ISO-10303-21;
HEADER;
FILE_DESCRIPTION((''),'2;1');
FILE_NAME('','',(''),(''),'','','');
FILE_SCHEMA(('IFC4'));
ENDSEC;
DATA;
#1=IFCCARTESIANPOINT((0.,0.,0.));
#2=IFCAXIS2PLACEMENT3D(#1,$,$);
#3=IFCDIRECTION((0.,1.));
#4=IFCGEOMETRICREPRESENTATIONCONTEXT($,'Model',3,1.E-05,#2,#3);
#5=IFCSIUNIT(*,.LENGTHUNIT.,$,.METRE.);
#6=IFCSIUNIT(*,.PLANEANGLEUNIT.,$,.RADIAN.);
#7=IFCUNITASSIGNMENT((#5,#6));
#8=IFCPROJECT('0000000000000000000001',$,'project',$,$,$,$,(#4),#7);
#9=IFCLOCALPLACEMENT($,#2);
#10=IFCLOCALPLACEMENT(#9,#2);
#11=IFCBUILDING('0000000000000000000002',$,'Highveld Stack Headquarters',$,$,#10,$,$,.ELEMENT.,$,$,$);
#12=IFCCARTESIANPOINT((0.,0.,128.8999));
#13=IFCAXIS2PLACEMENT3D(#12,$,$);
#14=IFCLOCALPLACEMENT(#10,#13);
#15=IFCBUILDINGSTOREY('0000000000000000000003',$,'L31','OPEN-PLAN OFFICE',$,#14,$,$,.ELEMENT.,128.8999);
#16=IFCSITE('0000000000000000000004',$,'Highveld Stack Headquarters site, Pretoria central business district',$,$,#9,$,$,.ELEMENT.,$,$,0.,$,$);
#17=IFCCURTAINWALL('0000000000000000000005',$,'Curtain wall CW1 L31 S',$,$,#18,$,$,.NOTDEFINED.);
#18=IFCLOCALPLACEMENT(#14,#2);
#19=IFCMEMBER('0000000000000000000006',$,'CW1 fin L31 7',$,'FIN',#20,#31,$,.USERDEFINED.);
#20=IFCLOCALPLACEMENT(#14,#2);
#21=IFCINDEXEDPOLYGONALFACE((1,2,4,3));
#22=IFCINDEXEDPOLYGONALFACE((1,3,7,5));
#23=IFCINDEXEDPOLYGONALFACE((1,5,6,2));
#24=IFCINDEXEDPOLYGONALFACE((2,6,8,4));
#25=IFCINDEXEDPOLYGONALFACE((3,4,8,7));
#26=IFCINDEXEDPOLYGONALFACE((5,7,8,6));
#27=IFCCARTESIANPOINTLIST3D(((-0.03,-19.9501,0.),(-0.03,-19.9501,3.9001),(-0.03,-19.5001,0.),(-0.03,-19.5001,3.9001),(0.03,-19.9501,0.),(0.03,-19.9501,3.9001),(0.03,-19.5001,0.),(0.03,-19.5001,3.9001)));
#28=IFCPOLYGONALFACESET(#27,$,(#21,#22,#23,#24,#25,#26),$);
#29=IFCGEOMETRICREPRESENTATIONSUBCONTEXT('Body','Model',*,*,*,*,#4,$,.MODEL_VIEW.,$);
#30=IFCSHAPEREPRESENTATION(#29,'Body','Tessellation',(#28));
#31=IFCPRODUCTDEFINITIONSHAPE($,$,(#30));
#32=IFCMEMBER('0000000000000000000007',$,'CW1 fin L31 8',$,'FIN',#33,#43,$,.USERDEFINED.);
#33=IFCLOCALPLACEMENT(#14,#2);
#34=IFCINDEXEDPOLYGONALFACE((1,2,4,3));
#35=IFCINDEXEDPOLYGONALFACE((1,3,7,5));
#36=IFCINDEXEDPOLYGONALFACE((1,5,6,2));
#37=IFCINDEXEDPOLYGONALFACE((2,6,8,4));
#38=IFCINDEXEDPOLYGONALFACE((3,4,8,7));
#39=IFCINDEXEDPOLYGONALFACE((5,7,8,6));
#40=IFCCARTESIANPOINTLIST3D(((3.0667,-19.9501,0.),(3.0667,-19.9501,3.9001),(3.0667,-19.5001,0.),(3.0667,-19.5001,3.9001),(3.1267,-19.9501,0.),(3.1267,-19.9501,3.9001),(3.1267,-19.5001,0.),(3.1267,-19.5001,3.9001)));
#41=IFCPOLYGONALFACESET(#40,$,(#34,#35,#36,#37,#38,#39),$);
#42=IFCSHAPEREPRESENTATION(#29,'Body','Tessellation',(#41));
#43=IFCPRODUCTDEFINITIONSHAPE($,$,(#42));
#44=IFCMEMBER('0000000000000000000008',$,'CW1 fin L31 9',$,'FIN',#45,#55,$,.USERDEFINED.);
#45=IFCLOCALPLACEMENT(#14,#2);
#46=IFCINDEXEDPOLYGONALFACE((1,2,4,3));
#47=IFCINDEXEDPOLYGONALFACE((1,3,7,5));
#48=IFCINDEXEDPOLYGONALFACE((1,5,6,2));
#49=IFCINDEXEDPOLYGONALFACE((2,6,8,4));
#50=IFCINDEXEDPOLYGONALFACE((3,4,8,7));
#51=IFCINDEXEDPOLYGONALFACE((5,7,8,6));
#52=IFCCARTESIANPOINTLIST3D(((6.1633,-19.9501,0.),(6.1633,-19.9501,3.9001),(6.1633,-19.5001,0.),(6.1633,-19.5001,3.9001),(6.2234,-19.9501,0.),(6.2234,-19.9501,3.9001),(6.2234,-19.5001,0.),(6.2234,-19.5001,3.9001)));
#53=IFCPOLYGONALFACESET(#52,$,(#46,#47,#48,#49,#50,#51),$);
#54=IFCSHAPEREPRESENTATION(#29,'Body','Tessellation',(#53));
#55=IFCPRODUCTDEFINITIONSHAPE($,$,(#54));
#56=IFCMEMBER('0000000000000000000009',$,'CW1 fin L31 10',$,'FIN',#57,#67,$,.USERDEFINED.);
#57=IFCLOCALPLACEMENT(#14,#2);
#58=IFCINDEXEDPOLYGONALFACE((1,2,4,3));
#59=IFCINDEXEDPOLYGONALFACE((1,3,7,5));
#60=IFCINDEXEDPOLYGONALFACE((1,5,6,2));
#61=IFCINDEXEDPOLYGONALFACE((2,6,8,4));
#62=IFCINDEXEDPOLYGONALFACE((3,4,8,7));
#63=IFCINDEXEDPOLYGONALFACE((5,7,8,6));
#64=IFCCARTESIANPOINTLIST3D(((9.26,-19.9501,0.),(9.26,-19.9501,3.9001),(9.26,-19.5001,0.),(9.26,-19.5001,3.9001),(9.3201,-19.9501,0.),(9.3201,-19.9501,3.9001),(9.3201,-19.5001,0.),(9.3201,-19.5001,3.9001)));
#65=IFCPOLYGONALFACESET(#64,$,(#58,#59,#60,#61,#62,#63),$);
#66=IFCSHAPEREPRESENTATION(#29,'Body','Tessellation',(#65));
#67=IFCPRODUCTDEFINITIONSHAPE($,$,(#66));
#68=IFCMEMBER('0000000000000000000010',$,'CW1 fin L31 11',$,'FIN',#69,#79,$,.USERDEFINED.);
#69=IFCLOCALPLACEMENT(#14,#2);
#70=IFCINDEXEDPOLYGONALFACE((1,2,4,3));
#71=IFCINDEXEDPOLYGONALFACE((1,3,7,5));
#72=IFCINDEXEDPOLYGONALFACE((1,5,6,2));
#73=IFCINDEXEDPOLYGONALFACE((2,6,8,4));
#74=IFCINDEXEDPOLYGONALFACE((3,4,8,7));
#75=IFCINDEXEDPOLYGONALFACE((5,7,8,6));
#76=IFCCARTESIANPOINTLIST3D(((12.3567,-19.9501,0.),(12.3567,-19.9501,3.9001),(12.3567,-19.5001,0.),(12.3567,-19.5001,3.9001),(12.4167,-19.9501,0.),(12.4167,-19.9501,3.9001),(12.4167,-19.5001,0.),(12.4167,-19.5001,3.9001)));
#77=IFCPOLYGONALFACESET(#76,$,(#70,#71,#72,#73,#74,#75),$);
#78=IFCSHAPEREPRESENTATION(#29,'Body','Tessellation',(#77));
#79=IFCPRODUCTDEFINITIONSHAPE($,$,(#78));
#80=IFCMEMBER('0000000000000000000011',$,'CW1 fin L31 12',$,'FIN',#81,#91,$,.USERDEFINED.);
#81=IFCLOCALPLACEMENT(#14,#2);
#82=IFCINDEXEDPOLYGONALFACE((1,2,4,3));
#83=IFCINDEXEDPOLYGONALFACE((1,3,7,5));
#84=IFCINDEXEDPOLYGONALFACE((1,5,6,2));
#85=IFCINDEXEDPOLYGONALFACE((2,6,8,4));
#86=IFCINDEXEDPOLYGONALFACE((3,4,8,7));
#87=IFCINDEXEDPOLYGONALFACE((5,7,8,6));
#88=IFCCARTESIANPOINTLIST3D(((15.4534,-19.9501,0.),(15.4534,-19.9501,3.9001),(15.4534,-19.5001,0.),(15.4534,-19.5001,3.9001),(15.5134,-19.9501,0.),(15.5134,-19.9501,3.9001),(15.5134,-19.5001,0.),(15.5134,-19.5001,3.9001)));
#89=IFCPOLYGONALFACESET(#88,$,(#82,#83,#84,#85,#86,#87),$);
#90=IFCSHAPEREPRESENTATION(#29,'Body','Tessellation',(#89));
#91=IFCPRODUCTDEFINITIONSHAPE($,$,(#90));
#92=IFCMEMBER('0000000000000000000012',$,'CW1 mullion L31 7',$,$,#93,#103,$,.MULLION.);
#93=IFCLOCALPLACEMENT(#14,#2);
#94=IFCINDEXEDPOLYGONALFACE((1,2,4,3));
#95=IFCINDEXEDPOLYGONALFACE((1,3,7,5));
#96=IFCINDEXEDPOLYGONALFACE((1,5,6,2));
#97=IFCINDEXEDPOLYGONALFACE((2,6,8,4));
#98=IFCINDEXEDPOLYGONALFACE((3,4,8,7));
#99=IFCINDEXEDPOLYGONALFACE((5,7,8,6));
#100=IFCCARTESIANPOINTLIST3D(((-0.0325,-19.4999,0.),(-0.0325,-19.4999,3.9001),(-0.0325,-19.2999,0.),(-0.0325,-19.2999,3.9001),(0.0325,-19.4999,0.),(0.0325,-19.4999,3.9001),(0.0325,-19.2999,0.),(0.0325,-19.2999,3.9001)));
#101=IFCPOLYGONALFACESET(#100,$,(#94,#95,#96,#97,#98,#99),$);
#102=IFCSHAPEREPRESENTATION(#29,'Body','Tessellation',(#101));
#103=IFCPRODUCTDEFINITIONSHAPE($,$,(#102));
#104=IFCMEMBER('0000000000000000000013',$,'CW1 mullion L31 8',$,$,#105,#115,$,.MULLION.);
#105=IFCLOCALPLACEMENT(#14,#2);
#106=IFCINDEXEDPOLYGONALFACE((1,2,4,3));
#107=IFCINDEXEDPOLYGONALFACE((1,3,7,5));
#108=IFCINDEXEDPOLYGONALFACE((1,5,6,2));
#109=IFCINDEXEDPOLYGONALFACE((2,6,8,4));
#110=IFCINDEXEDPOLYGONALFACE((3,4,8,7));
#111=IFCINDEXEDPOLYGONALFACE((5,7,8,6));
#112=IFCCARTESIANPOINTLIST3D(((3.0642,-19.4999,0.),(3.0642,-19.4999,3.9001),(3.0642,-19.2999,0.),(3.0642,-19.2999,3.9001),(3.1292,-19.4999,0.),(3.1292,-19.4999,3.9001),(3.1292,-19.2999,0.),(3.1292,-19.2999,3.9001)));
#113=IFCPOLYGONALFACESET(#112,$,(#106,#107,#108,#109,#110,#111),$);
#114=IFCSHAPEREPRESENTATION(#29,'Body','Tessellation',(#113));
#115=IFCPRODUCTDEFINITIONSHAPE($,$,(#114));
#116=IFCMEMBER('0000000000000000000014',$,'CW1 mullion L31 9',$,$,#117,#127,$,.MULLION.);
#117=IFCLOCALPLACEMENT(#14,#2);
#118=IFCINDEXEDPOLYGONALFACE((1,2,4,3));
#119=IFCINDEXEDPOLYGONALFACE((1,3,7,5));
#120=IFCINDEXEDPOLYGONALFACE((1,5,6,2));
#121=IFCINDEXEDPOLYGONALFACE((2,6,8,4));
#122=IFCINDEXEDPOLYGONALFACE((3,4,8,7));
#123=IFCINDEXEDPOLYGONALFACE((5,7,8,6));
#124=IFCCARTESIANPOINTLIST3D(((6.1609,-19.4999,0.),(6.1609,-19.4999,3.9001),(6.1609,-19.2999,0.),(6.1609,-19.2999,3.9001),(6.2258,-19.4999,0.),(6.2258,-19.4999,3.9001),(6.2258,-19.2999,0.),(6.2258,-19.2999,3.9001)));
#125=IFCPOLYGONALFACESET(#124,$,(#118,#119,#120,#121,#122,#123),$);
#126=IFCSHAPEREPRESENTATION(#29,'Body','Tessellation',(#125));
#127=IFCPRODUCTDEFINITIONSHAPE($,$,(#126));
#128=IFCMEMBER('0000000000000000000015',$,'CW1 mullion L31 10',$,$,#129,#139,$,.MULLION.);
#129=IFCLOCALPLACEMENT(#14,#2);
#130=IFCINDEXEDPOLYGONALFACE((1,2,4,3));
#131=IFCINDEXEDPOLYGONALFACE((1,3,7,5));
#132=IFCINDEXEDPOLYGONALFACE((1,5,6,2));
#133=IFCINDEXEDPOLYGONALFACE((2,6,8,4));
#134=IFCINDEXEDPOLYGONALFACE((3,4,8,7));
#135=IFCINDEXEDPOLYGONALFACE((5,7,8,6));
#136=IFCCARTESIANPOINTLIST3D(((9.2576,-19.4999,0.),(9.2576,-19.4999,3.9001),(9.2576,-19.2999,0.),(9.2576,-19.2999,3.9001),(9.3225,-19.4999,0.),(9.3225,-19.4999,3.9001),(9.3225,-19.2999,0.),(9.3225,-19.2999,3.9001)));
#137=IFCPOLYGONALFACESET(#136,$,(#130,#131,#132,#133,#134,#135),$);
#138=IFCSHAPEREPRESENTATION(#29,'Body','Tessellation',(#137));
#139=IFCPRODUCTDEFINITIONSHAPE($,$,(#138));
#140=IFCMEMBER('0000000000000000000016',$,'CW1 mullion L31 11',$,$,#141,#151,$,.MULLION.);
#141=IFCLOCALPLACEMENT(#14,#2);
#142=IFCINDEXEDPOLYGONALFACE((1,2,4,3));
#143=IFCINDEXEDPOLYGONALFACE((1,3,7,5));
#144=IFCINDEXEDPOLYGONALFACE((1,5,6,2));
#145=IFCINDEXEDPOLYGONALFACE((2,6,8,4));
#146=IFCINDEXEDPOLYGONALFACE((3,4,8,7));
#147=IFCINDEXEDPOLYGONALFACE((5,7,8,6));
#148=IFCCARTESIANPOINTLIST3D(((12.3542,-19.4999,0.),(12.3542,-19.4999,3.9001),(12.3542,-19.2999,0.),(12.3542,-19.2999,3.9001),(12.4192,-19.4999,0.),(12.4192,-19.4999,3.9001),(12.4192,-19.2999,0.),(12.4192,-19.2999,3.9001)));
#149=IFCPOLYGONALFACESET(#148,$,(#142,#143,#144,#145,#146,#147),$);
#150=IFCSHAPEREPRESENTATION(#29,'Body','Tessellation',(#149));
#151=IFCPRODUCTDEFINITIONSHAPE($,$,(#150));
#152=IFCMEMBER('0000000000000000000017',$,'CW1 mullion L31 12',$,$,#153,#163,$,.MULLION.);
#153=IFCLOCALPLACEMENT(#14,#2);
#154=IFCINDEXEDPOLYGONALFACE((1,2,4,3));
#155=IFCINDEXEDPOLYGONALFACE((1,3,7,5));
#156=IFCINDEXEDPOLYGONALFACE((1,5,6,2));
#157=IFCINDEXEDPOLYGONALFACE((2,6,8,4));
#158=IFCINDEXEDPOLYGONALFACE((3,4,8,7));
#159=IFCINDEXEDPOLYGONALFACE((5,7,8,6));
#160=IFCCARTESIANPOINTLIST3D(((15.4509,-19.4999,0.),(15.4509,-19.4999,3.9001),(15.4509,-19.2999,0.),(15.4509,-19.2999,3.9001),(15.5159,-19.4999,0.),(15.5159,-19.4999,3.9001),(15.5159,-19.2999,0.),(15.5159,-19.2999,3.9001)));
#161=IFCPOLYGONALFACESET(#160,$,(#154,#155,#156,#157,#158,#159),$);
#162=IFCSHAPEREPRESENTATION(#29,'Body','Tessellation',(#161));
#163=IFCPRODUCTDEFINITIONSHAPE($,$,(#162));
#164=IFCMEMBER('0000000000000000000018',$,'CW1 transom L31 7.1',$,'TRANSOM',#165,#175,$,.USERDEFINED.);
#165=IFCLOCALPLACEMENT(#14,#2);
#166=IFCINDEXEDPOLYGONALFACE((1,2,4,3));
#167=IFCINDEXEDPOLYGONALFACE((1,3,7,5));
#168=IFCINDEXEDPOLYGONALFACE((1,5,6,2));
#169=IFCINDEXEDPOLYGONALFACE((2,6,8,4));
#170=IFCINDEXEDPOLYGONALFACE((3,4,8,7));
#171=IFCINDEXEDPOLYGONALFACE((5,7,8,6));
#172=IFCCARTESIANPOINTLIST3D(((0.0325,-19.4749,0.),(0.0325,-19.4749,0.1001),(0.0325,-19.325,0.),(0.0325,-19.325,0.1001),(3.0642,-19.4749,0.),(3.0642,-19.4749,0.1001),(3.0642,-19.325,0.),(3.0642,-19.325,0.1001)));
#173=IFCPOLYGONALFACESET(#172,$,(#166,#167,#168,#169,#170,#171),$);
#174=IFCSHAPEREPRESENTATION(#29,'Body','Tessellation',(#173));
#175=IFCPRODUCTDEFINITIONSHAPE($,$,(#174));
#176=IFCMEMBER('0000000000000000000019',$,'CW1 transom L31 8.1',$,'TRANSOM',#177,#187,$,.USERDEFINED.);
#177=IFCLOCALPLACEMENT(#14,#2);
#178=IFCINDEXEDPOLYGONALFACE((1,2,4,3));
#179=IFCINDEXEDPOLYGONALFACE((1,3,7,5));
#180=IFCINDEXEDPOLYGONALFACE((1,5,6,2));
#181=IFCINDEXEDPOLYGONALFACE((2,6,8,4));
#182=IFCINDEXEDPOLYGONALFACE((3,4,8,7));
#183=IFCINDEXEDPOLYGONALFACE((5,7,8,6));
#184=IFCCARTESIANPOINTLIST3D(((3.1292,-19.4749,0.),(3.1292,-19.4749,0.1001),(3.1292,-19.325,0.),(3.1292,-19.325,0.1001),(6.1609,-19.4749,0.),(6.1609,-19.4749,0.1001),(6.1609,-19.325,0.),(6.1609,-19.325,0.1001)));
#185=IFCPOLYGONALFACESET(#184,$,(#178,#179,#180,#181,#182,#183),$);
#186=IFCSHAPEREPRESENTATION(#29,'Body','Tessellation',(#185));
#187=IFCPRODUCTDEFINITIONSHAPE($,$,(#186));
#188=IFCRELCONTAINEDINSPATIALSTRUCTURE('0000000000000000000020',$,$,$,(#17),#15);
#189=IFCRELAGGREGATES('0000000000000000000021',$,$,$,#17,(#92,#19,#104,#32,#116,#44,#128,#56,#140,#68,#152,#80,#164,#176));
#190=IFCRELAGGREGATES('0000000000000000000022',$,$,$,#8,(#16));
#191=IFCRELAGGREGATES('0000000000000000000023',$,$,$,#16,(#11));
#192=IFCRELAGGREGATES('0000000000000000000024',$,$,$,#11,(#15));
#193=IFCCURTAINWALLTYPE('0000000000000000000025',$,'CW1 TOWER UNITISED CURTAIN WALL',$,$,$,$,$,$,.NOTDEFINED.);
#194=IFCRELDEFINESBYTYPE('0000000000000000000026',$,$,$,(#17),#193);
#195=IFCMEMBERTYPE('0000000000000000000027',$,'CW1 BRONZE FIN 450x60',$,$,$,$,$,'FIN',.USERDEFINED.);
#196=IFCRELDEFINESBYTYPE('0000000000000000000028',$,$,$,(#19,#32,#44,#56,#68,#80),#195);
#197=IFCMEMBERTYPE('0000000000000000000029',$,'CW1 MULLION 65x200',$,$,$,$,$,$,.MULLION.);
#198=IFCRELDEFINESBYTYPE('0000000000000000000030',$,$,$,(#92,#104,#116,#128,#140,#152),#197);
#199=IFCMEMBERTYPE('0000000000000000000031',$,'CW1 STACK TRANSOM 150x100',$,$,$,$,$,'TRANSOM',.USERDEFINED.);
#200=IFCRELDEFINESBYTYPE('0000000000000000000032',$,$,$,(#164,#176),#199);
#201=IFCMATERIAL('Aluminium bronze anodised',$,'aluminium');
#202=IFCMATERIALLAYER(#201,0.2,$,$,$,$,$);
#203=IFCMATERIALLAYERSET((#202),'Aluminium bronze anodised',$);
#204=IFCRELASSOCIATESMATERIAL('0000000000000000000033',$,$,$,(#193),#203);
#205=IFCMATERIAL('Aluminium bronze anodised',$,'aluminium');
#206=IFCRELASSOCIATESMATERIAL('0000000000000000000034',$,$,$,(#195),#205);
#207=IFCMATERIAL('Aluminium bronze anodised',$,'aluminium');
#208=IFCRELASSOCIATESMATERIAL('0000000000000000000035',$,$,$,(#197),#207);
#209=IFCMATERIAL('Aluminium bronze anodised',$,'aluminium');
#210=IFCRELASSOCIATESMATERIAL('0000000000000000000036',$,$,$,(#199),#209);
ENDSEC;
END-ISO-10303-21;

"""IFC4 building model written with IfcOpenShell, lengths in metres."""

from ifc_helpers import new_model, si_unit, direction, frame, origin, origin_2d, place, context, subcontext, project, spatial, rectangle, extrude, material, layer, layer_set, material_profile, profile_set, type_object, element, aggregate, save


model = new_model("IFC4")

# Units and contexts
model_context = context("Model", 3, precision=1e-05, world=origin(), true_north=direction((0.0, 1.0)))
body_context = subcontext(model_context, "Body", "Model", "MODEL_VIEW")
ifc_project = project(units=[si_unit("LENGTHUNIT", "METRE"), si_unit("PLANEANGLEUNIT", "RADIAN")], contexts=[model_context])

# Site, building, storey
site_placement = place(None, origin())
site = spatial("IfcSite", under=ifc_project, at=site_placement, Name="Highveld Stack Headquarters site, Pretoria central business district", CompositionType="ELEMENT", RefElevation=0.0)
building_placement = place(site_placement, origin())
building = spatial("IfcBuilding", under=site, at=building_placement, Name="Highveld Stack Headquarters", CompositionType="ELEMENT")
storey_placement = place(building_placement, frame((0.0, 0.0, 128.8999)))
storey = spatial("IfcBuildingStorey", under=building, at=storey_placement, Name="L31", Description="OPEN-PLAN OFFICE", CompositionType="ELEMENT", Elevation=128.8999)

# Curtain wall, members
ifc_material_1 = material(Name="Aluminium bronze anodised", Category="aluminium")
ifc_layer_1 = layer(ifc_material_1, 0.2)
ifc_layer_set_1 = layer_set([ifc_layer_1], Name="Aluminium bronze anodised")
curtain_wall_type = type_object("IfcCurtainWallType", Name="CW1 TOWER UNITISED CURTAIN WALL", PredefinedType="NOTDEFINED", material=ifc_layer_set_1)
curtain_wall_placement = place(storey_placement, origin())
curtain_wall = element("IfcCurtainWall", 1, at=curtain_wall_placement, inside=storey, type_object=curtain_wall_type, Name="Curtain wall CW1 L31 S", PredefinedType="NOTDEFINED")
ifc_material_2 = material(Name="Aluminium bronze anodised", Category="aluminium")
ifc_material_profile_1 = material_profile(ifc_material_2, rectangle(XDim=0.45, YDim=0.0601, at=origin_2d()), Name="FIN 450x60")
ifc_profile_set_1 = profile_set([ifc_material_profile_1], Name="Aluminium bronze anodised")
member_type_1 = type_object("IfcMemberType", Name="CW1 BRONZE FIN 450x60", ElementType="FIN", PredefinedType="USERDEFINED", material=ifc_profile_set_1)
member_1_placement = place(storey_placement, frame((0.0, -19.7251, 0.0), z_axis=(0.0, 0.0, 1.0), x_axis=(0.0, 1.0, 0.0)))
member_1 = element("IfcMember", 2, at=member_1_placement, type_object=member_type_1, Name="CW1 fin L31 7", ObjectType="FIN", PredefinedType="USERDEFINED", context=body_context, shape_type="SweptSolid", body=[
    extrude(rectangle(XDim=0.45, YDim=0.0601, at=origin_2d()), origin(), (0.0, 0.0, 1.0), 3.9001),
])
member_2_placement = place(storey_placement, frame((3.0967, -19.7251, 0.0), z_axis=(0.0, 0.0, 1.0), x_axis=(0.0, 1.0, 0.0)))
member_2 = element("IfcMember", 3, at=member_2_placement, type_object=member_type_1, Name="CW1 fin L31 8", ObjectType="FIN", PredefinedType="USERDEFINED", context=body_context, shape_type="SweptSolid", body=[
    extrude(rectangle(XDim=0.45, YDim=0.0601, at=origin_2d()), origin(), (0.0, 0.0, 1.0), 3.9001),
])
member_3_placement = place(storey_placement, frame((6.1934, -19.7251, 0.0), z_axis=(0.0, 0.0, 1.0), x_axis=(0.0, 1.0, 0.0)))
member_3 = element("IfcMember", 4, at=member_3_placement, type_object=member_type_1, Name="CW1 fin L31 9", ObjectType="FIN", PredefinedType="USERDEFINED", context=body_context, shape_type="SweptSolid", body=[
    extrude(rectangle(XDim=0.45, YDim=0.0601, at=origin_2d()), origin(), (0.0, 0.0, 1.0), 3.9001),
])
member_4_placement = place(storey_placement, frame((9.29, -19.7251, 0.0), z_axis=(0.0, 0.0, 1.0), x_axis=(0.0, 1.0, 0.0)))
member_4 = element("IfcMember", 5, at=member_4_placement, type_object=member_type_1, Name="CW1 fin L31 10", ObjectType="FIN", PredefinedType="USERDEFINED", context=body_context, shape_type="SweptSolid", body=[
    extrude(rectangle(XDim=0.45, YDim=0.0601, at=origin_2d()), origin(), (0.0, 0.0, 1.0), 3.9001),
])
member_5_placement = place(storey_placement, frame((12.3867, -19.7251, 0.0), z_axis=(0.0, 0.0, 1.0), x_axis=(0.0, 1.0, 0.0)))
member_5 = element("IfcMember", 6, at=member_5_placement, type_object=member_type_1, Name="CW1 fin L31 11", ObjectType="FIN", PredefinedType="USERDEFINED", context=body_context, shape_type="SweptSolid", body=[
    extrude(rectangle(XDim=0.45, YDim=0.0601, at=origin_2d()), origin(), (0.0, 0.0, 1.0), 3.9001),
])
member_6_placement = place(storey_placement, frame((15.4834, -19.7251, 0.0), z_axis=(0.0, 0.0, 1.0), x_axis=(0.0, 1.0, 0.0)))
member_6 = element("IfcMember", 7, at=member_6_placement, type_object=member_type_1, Name="CW1 fin L31 12", ObjectType="FIN", PredefinedType="USERDEFINED", context=body_context, shape_type="SweptSolid", body=[
    extrude(rectangle(XDim=0.45, YDim=0.0601, at=origin_2d()), origin(), (0.0, 0.0, 1.0), 3.9001),
])
ifc_material_3 = material(Name="Aluminium bronze anodised", Category="aluminium")
ifc_material_profile_2 = material_profile(ifc_material_3, rectangle(XDim=0.2, YDim=0.0649, at=origin_2d()), Name="CW1 MULLION 65x200")
ifc_profile_set_2 = profile_set([ifc_material_profile_2], Name="Aluminium bronze anodised")
member_type_2 = type_object("IfcMemberType", Name="CW1 MULLION 65x200", PredefinedType="MULLION", material=ifc_profile_set_2)
member_7_placement = place(storey_placement, frame((0.0, -19.3999, 0.0), z_axis=(0.0, 0.0, 1.0), x_axis=(0.0, 1.0, 0.0)))
member_7 = element("IfcMember", 8, at=member_7_placement, type_object=member_type_2, Name="CW1 mullion L31 7", PredefinedType="MULLION", context=body_context, shape_type="SweptSolid", body=[
    extrude(rectangle(XDim=0.2, YDim=0.0649, at=origin_2d()), origin(), (0.0, 0.0, 1.0), 3.9001),
])
member_8_placement = place(storey_placement, frame((3.0967, -19.3999, 0.0), z_axis=(0.0, 0.0, 1.0), x_axis=(0.0, 1.0, 0.0)))
member_8 = element("IfcMember", 9, at=member_8_placement, type_object=member_type_2, Name="CW1 mullion L31 8", PredefinedType="MULLION", context=body_context, shape_type="SweptSolid", body=[
    extrude(rectangle(XDim=0.2, YDim=0.0649, at=origin_2d()), origin(), (0.0, 0.0, 1.0), 3.9001),
])
member_9_placement = place(storey_placement, frame((6.1934, -19.3999, 0.0), z_axis=(0.0, 0.0, 1.0), x_axis=(0.0, 1.0, 0.0)))
member_9 = element("IfcMember", 10, at=member_9_placement, type_object=member_type_2, Name="CW1 mullion L31 9", PredefinedType="MULLION", context=body_context, shape_type="SweptSolid", body=[
    extrude(rectangle(XDim=0.2, YDim=0.0649, at=origin_2d()), origin(), (0.0, 0.0, 1.0), 3.9001),
])
member_10_placement = place(storey_placement, frame((9.29, -19.3999, 0.0), z_axis=(0.0, 0.0, 1.0), x_axis=(0.0, 1.0, 0.0)))
member_10 = element("IfcMember", 11, at=member_10_placement, type_object=member_type_2, Name="CW1 mullion L31 10", PredefinedType="MULLION", context=body_context, shape_type="SweptSolid", body=[
    extrude(rectangle(XDim=0.2, YDim=0.0649, at=origin_2d()), origin(), (0.0, 0.0, 1.0), 3.9001),
])
member_11_placement = place(storey_placement, frame((12.3867, -19.3999, 0.0), z_axis=(0.0, 0.0, 1.0), x_axis=(0.0, 1.0, 0.0)))
member_11 = element("IfcMember", 12, at=member_11_placement, type_object=member_type_2, Name="CW1 mullion L31 11", PredefinedType="MULLION", context=body_context, shape_type="SweptSolid", body=[
    extrude(rectangle(XDim=0.2, YDim=0.0649, at=origin_2d()), origin(), (0.0, 0.0, 1.0), 3.9001),
])
member_12_placement = place(storey_placement, frame((15.4834, -19.3999, 0.0), z_axis=(0.0, 0.0, 1.0), x_axis=(0.0, 1.0, 0.0)))
member_12 = element("IfcMember", 13, at=member_12_placement, type_object=member_type_2, Name="CW1 mullion L31 12", PredefinedType="MULLION", context=body_context, shape_type="SweptSolid", body=[
    extrude(rectangle(XDim=0.2, YDim=0.0649, at=origin_2d()), origin(), (0.0, 0.0, 1.0), 3.9001),
])
ifc_material_4 = material(Name="Aluminium bronze anodised", Category="aluminium")
ifc_material_profile_3 = material_profile(ifc_material_4, rectangle(XDim=0.1499, YDim=0.1001, at=origin_2d()), Name="CW1 TRANSOM 150x100")
ifc_profile_set_3 = profile_set([ifc_material_profile_3], Name="Aluminium bronze anodised")
member_type_3 = type_object("IfcMemberType", Name="CW1 STACK TRANSOM 150x100", ElementType="TRANSOM", PredefinedType="USERDEFINED", material=ifc_profile_set_3)
member_13_placement = place(storey_placement, frame((0.0325, -19.3999, 0.05), z_axis=(1.0, 0.0, 0.0), x_axis=(0.0, 1.0, 0.0)))
member_13 = element("IfcMember", 14, at=member_13_placement, type_object=member_type_3, Name="CW1 transom L31 7.1", ObjectType="TRANSOM", PredefinedType="USERDEFINED", context=body_context, shape_type="SweptSolid", body=[
    extrude(rectangle(XDim=0.1499, YDim=0.1001, at=origin_2d()), origin(), (0.0, 0.0, 1.0), 3.0317),
])
member_14_placement = place(storey_placement, frame((3.1292, -19.3999, 0.05), z_axis=(1.0, 0.0, 0.0), x_axis=(0.0, 1.0, 0.0)))
member_14 = element("IfcMember", 15, at=member_14_placement, type_object=member_type_3, Name="CW1 transom L31 8.1", ObjectType="TRANSOM", PredefinedType="USERDEFINED", context=body_context, shape_type="SweptSolid", body=[
    extrude(rectangle(XDim=0.1499, YDim=0.1001, at=origin_2d()), origin(), (0.0, 0.0, 1.0), 3.0317),
])
aggregate(curtain_wall, [member_7, member_1, member_8, member_2, member_9, member_3, member_10, member_4, member_11, member_5, member_12, member_6, member_13, member_14])

save(model, "model.ifc")
